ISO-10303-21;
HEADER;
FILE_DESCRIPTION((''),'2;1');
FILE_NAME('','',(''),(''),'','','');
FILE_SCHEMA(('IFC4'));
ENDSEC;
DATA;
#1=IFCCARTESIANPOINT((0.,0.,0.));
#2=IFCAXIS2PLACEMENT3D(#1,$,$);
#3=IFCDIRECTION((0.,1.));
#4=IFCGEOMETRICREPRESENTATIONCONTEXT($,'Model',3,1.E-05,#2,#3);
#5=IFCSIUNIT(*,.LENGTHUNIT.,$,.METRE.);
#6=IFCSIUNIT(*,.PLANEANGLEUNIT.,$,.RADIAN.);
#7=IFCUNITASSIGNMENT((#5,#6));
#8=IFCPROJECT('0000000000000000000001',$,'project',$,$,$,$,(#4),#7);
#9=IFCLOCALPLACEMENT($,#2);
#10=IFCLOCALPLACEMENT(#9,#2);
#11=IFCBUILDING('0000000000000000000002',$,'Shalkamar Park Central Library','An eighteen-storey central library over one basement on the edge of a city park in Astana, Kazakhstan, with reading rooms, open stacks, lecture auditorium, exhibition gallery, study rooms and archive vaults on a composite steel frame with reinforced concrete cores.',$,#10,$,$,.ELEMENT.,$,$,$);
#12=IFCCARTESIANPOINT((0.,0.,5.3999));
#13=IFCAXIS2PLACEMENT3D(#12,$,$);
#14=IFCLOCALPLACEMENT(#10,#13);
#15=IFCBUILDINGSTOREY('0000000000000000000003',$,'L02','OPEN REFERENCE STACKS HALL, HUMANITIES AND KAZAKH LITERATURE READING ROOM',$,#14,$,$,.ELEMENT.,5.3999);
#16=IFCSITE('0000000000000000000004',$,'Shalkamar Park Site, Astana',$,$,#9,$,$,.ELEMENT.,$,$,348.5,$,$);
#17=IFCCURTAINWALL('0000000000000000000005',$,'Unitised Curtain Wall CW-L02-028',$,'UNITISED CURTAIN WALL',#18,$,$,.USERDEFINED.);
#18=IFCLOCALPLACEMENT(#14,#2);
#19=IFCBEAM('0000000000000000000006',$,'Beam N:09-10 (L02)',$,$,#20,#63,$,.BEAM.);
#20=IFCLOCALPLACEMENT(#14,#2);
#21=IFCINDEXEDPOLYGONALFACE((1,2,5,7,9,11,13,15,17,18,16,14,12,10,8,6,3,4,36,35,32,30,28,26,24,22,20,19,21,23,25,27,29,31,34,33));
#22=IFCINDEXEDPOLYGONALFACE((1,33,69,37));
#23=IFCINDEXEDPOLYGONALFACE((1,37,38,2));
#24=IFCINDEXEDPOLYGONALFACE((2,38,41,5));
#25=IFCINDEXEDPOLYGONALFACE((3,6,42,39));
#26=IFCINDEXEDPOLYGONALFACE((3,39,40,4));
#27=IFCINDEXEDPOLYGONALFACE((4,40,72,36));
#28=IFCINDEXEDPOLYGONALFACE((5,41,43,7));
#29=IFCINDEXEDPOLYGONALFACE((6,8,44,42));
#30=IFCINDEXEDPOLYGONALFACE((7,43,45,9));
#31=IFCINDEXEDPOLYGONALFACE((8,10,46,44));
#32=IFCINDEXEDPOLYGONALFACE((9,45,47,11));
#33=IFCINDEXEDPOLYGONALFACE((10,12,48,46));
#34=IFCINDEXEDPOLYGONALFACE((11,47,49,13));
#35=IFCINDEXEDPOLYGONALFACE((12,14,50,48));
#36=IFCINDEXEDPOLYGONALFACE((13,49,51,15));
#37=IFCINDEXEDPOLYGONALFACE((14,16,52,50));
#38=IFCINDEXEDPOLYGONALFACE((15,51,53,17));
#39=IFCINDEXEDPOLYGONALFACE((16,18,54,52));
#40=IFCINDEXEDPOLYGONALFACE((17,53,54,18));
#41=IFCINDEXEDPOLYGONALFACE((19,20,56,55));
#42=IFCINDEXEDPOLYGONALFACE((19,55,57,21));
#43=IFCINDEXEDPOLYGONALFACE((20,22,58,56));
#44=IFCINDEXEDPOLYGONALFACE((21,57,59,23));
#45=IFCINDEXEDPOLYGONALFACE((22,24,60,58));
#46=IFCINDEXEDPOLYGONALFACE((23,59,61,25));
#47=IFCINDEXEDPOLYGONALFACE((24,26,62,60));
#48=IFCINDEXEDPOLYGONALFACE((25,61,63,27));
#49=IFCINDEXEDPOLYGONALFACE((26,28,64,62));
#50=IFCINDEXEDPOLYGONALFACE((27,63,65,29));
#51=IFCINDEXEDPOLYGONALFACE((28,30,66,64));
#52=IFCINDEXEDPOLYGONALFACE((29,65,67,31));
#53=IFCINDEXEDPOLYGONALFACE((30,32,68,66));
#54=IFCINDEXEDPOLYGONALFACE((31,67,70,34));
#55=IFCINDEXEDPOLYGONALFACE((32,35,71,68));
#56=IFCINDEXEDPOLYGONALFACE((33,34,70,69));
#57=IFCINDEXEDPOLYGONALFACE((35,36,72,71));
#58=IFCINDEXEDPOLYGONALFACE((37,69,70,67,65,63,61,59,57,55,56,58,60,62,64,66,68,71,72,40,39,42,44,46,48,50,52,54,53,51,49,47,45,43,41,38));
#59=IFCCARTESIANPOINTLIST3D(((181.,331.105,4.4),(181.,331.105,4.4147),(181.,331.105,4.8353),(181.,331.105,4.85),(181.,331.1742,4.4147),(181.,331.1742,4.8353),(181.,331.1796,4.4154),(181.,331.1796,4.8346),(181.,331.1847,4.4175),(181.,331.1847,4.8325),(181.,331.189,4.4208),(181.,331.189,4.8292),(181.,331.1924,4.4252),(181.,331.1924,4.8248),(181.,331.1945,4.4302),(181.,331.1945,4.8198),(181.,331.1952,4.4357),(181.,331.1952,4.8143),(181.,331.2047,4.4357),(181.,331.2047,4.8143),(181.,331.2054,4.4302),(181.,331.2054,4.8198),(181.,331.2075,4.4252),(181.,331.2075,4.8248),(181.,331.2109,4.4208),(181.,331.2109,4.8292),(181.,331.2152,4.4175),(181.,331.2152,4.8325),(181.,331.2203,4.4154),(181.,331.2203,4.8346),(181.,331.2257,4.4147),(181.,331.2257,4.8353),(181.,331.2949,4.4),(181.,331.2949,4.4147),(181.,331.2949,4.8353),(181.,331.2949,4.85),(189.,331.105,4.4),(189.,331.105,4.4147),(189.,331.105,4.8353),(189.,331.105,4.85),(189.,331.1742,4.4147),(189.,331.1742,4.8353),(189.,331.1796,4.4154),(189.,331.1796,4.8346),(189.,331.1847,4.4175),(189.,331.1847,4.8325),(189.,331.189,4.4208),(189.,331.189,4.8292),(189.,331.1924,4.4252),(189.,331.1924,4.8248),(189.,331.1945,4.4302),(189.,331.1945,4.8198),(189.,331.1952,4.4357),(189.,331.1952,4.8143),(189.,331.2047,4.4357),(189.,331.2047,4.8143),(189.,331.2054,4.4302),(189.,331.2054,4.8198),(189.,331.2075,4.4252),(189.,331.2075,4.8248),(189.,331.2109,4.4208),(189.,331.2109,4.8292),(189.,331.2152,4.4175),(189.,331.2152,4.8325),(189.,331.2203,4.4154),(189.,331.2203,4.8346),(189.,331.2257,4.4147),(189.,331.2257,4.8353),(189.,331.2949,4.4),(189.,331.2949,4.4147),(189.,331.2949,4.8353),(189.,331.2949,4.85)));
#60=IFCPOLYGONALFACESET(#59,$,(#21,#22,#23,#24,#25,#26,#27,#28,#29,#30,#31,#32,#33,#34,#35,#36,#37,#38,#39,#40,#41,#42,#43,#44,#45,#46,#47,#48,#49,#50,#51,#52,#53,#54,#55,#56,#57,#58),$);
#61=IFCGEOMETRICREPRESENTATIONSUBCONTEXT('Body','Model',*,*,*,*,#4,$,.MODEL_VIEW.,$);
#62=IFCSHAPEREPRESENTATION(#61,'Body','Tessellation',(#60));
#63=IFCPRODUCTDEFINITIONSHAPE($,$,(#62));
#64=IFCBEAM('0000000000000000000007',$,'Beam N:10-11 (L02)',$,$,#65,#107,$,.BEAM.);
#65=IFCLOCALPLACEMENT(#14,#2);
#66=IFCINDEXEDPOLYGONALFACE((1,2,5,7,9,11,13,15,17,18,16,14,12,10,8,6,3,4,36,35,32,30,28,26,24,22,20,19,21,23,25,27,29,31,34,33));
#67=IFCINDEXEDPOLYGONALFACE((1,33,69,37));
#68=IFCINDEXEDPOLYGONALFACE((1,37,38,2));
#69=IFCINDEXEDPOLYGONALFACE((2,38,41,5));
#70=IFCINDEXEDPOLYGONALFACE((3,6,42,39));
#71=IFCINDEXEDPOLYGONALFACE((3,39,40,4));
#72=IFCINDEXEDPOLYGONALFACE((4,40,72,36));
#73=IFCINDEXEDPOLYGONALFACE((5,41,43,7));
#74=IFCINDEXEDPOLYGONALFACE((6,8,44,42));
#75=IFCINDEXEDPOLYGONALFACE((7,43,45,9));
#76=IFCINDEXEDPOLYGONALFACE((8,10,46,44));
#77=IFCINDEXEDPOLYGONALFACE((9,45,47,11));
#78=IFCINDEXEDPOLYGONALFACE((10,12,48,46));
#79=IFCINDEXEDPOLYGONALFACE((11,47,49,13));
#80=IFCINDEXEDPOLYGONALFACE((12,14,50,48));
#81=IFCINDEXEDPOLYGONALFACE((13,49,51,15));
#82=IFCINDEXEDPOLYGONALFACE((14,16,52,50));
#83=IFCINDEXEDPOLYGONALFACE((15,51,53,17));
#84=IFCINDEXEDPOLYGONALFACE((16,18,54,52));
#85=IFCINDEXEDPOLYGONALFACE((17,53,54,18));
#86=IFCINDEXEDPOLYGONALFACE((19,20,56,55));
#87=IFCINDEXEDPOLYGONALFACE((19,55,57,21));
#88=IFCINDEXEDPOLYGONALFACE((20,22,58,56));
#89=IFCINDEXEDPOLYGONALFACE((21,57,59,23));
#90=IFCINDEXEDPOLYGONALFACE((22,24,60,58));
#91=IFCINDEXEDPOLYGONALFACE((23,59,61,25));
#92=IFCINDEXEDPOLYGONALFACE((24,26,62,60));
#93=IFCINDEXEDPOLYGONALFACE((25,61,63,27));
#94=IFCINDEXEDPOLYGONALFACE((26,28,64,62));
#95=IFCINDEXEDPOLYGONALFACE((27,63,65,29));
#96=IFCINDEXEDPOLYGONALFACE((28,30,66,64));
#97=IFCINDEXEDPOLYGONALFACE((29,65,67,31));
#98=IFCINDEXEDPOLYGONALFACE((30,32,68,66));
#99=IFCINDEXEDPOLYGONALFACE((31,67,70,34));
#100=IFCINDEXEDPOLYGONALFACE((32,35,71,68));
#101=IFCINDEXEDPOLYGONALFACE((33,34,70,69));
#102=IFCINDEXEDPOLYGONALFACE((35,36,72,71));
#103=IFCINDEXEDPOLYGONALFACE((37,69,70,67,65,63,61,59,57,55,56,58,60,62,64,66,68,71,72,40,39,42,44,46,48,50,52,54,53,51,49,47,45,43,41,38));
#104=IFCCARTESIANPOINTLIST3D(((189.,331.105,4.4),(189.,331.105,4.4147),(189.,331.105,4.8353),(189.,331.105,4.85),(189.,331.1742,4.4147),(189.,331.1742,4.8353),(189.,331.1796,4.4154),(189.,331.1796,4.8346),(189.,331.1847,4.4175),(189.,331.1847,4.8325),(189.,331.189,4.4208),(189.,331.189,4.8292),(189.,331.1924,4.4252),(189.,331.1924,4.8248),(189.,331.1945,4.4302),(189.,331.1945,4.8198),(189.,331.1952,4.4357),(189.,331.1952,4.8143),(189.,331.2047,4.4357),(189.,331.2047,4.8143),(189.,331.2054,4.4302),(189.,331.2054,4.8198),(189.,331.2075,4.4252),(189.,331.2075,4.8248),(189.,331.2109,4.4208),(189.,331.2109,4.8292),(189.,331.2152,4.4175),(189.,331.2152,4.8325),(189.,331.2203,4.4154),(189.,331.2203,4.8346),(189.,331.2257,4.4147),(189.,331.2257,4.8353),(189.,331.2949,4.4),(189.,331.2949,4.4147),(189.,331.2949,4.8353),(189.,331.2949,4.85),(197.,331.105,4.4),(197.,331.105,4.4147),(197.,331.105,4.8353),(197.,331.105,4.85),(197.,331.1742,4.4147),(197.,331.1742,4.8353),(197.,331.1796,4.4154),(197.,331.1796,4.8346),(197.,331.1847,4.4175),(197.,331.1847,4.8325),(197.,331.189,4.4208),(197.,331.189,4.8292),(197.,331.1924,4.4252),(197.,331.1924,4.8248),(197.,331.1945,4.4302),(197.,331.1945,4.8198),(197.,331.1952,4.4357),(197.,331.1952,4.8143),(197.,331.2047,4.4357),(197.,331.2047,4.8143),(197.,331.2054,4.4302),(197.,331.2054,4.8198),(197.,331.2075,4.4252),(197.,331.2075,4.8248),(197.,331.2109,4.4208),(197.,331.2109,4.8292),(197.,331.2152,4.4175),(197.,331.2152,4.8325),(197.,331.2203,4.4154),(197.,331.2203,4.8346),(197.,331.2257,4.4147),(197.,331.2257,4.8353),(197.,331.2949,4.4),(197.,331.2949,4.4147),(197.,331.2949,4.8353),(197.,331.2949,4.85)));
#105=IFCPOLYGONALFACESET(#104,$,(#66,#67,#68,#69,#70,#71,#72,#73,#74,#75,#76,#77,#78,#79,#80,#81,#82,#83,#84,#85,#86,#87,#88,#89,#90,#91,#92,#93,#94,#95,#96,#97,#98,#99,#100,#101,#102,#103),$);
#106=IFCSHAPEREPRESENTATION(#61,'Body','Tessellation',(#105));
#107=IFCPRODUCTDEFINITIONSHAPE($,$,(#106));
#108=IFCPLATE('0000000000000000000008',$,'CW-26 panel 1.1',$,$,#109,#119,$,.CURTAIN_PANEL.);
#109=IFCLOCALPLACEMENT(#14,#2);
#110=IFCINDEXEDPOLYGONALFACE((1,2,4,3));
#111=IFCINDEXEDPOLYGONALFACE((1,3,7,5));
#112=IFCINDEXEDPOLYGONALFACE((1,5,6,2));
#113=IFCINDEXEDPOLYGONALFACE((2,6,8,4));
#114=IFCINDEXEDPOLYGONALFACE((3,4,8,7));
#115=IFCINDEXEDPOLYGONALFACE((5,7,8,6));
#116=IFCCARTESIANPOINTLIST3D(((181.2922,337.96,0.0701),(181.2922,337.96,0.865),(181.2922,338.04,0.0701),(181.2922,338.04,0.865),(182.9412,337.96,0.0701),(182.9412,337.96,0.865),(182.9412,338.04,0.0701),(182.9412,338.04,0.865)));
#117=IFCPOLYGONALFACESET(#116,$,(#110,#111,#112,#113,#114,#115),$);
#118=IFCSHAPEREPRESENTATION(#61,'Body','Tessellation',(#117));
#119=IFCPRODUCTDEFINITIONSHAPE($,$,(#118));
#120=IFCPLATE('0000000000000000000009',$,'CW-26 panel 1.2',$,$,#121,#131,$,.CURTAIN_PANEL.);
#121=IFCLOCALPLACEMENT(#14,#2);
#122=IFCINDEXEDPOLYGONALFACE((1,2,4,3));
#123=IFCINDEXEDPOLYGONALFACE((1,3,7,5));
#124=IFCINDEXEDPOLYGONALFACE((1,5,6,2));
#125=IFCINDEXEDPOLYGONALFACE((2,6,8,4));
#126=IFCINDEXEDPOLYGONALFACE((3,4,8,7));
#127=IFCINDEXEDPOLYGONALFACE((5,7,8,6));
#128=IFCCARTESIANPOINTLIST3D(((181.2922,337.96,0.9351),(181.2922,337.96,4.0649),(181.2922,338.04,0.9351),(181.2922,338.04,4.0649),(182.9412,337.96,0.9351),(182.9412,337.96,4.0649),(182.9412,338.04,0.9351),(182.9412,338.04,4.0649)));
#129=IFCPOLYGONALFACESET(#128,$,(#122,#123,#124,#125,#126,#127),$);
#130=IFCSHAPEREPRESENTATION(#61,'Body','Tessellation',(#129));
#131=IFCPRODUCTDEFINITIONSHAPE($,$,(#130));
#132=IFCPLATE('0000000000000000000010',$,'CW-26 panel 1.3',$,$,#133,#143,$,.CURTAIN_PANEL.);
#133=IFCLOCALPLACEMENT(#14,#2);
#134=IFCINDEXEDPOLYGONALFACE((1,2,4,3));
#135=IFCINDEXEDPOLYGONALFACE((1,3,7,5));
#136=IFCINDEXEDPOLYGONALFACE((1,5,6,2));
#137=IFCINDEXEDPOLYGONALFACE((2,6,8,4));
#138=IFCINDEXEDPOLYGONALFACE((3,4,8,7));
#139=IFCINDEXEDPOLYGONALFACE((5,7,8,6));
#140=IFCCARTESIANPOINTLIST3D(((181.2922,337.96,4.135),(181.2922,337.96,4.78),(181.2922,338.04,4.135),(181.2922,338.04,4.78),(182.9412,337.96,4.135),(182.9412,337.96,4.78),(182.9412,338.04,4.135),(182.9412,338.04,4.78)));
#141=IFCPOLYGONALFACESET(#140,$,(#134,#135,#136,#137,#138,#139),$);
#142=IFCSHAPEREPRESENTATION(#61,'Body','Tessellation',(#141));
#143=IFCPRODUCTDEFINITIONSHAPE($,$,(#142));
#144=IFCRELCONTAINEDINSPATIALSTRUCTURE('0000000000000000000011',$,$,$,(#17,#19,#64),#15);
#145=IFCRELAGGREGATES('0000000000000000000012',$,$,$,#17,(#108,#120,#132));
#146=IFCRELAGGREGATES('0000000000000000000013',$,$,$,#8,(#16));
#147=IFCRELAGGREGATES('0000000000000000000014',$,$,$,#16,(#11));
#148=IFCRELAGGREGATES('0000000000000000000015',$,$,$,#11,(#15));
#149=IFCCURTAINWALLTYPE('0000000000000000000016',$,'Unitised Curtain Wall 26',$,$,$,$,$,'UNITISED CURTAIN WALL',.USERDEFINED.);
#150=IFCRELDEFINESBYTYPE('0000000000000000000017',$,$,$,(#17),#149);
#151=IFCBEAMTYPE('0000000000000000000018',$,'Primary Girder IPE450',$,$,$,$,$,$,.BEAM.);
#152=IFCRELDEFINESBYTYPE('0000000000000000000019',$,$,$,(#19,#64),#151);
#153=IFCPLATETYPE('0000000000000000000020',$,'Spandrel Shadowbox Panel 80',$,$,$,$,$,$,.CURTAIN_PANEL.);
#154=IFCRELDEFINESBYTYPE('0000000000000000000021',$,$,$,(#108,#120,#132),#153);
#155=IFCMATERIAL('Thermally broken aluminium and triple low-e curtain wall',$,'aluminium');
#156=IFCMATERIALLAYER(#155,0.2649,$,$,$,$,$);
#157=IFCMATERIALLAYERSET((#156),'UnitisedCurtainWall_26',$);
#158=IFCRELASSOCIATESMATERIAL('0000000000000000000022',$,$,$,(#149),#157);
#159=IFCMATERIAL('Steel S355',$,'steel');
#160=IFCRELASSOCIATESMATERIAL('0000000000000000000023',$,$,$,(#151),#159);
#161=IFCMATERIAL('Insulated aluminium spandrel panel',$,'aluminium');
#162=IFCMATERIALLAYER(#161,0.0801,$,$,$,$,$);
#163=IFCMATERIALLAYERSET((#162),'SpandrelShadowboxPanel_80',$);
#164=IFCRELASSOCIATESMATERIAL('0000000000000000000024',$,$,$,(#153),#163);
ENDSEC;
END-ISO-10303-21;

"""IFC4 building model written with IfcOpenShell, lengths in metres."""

from ifc_helpers import new_model, si_unit, direction, frame, origin, origin_2d, place, context, subcontext, project, spatial, rectangle, i_section, extrude, material, layer, layer_set, material_profile, profile_set, type_object, element, aggregate, save


model = new_model("IFC4")

# Units and contexts
model_context = context("Model", 3, precision=1e-05, world=origin(), true_north=direction((0.0, 1.0)))
body_context = subcontext(model_context, "Body", "Model", "MODEL_VIEW")
ifc_project = project(units=[si_unit("LENGTHUNIT", "METRE"), si_unit("PLANEANGLEUNIT", "RADIAN")], contexts=[model_context])

# Site, building, storey
site_placement = place(None, origin())
site = spatial("IfcSite", under=ifc_project, at=site_placement, Name="Shalkamar Park Site, Astana", CompositionType="ELEMENT", RefElevation=348.5)
building_placement = place(site_placement, origin())
building = spatial("IfcBuilding", under=site, at=building_placement, Name="Shalkamar Park Central Library", Description="An eighteen-storey central library over one basement on the edge of a city park in Astana, Kazakhstan, with reading rooms, open stacks, lecture auditorium, exhibition gallery, study rooms and archive vaults on a composite steel frame with reinforced concrete cores.", CompositionType="ELEMENT")
storey_placement = place(building_placement, frame((0.0, 0.0, 5.3999)))
storey = spatial("IfcBuildingStorey", under=building, at=storey_placement, Name="L02", Description="OPEN REFERENCE STACKS HALL, HUMANITIES AND KAZAKH LITERATURE READING ROOM", CompositionType="ELEMENT", Elevation=5.3999)

# Shared definitions
ifc_material_1 = material(Name="Steel S355", Category="steel")

# Curtain wall
ifc_material_2 = material(Name="Thermally broken aluminium and triple low-e curtain wall", Category="aluminium")
ifc_layer_1 = layer(ifc_material_2, 0.2649)
ifc_layer_set_1 = layer_set([ifc_layer_1], Name="UnitisedCurtainWall_26")
curtain_wall_type = type_object("IfcCurtainWallType", Name="Unitised Curtain Wall 26", ElementType="UNITISED CURTAIN WALL", PredefinedType="USERDEFINED", material=ifc_layer_set_1)
curtain_wall_placement = place(storey_placement, origin())
curtain_wall = element("IfcCurtainWall", 1, at=curtain_wall_placement, inside=storey, type_object=curtain_wall_type, Name="Unitised Curtain Wall CW-L02-028", ObjectType="UNITISED CURTAIN WALL", PredefinedType="USERDEFINED")

# Beams
ifc_material_profile_1 = material_profile(ifc_material_1, i_section(OverallWidth=0.1899, OverallDepth=0.45, WebThickness=0.0095, FlangeThickness=0.0146, FilletRadius=0.021, at=origin_2d()), Name="IPE 450")
ifc_profile_set_1 = profile_set([ifc_material_profile_1], Name="Steel S355")
beam_type_1 = type_object("IfcBeamType", Name="Primary Girder IPE450", PredefinedType="BEAM", material=ifc_profile_set_1)
for number, where, z_axis, x_axis, name in (
    (2, (181.0, 331.2, 4.625), (1.0, 0.0, 0.0), (0.0, 1.0, 0.0), "Beam N:09-10 (L02)"),
    (3, (189.0, 331.2, 4.625), (1.0, 0.0, 0.0), (0.0, 1.0, 0.0), "Beam N:10-11 (L02)"),
):
    element("IfcBeam", number, at=place(storey_placement, frame(where, z_axis=z_axis, x_axis=x_axis)), inside=storey, type_object=beam_type_1, Name=name, PredefinedType="BEAM", context=body_context, shape_type="SweptSolid", body=[
        extrude(i_section(OverallWidth=0.1899, OverallDepth=0.45, WebThickness=0.0095, FlangeThickness=0.0146, FilletRadius=0.021, at=origin_2d()), origin(), (0.0, 0.0, 1.0), 8.0),
    ])

# Plates
ifc_material_3 = material(Name="Insulated aluminium spandrel panel", Category="aluminium")
ifc_layer_2 = layer(ifc_material_3, 0.0801)
ifc_layer_set_2 = layer_set([ifc_layer_2], Name="SpandrelShadowboxPanel_80")
plate_type = type_object("IfcPlateType", Name="Spandrel Shadowbox Panel 80", PredefinedType="CURTAIN_PANEL", material=ifc_layer_set_2)
plate_1_placement = place(storey_placement, frame((182.1167, 338.0, 0.0701), z_axis=(0.0, 0.0, 1.0), x_axis=(1.0, 0.0, 0.0)))
plate_1 = element("IfcPlate", 4, at=plate_1_placement, type_object=plate_type, Name="CW-26 panel 1.1", PredefinedType="CURTAIN_PANEL", context=body_context, shape_type="SweptSolid", body=[
    extrude(rectangle(XDim=1.6489, YDim=0.0801, at=origin_2d()), origin(), (0.0, 0.0, 1.0), 0.7949),
])
plate_2_placement = place(storey_placement, frame((182.1167, 338.0, 0.9351), z_axis=(0.0, 0.0, 1.0), x_axis=(1.0, 0.0, 0.0)))
plate_2 = element("IfcPlate", 5, at=plate_2_placement, type_object=plate_type, Name="CW-26 panel 1.2", PredefinedType="CURTAIN_PANEL", context=body_context, shape_type="SweptSolid", body=[
    extrude(rectangle(XDim=1.6489, YDim=0.0801, at=origin_2d()), origin(), (0.0, 0.0, 1.0), 3.1299),
])
plate_3_placement = place(storey_placement, frame((182.1167, 338.0, 4.135), z_axis=(0.0, 0.0, 1.0), x_axis=(1.0, 0.0, 0.0)))
plate_3 = element("IfcPlate", 6, at=plate_3_placement, type_object=plate_type, Name="CW-26 panel 1.3", PredefinedType="CURTAIN_PANEL", context=body_context, shape_type="SweptSolid", body=[
    extrude(rectangle(XDim=1.6489, YDim=0.0801, at=origin_2d()), origin(), (0.0, 0.0, 1.0), 0.645),
])
aggregate(curtain_wall, [plate_1, plate_2, plate_3])

save(model, "model.ifc")
